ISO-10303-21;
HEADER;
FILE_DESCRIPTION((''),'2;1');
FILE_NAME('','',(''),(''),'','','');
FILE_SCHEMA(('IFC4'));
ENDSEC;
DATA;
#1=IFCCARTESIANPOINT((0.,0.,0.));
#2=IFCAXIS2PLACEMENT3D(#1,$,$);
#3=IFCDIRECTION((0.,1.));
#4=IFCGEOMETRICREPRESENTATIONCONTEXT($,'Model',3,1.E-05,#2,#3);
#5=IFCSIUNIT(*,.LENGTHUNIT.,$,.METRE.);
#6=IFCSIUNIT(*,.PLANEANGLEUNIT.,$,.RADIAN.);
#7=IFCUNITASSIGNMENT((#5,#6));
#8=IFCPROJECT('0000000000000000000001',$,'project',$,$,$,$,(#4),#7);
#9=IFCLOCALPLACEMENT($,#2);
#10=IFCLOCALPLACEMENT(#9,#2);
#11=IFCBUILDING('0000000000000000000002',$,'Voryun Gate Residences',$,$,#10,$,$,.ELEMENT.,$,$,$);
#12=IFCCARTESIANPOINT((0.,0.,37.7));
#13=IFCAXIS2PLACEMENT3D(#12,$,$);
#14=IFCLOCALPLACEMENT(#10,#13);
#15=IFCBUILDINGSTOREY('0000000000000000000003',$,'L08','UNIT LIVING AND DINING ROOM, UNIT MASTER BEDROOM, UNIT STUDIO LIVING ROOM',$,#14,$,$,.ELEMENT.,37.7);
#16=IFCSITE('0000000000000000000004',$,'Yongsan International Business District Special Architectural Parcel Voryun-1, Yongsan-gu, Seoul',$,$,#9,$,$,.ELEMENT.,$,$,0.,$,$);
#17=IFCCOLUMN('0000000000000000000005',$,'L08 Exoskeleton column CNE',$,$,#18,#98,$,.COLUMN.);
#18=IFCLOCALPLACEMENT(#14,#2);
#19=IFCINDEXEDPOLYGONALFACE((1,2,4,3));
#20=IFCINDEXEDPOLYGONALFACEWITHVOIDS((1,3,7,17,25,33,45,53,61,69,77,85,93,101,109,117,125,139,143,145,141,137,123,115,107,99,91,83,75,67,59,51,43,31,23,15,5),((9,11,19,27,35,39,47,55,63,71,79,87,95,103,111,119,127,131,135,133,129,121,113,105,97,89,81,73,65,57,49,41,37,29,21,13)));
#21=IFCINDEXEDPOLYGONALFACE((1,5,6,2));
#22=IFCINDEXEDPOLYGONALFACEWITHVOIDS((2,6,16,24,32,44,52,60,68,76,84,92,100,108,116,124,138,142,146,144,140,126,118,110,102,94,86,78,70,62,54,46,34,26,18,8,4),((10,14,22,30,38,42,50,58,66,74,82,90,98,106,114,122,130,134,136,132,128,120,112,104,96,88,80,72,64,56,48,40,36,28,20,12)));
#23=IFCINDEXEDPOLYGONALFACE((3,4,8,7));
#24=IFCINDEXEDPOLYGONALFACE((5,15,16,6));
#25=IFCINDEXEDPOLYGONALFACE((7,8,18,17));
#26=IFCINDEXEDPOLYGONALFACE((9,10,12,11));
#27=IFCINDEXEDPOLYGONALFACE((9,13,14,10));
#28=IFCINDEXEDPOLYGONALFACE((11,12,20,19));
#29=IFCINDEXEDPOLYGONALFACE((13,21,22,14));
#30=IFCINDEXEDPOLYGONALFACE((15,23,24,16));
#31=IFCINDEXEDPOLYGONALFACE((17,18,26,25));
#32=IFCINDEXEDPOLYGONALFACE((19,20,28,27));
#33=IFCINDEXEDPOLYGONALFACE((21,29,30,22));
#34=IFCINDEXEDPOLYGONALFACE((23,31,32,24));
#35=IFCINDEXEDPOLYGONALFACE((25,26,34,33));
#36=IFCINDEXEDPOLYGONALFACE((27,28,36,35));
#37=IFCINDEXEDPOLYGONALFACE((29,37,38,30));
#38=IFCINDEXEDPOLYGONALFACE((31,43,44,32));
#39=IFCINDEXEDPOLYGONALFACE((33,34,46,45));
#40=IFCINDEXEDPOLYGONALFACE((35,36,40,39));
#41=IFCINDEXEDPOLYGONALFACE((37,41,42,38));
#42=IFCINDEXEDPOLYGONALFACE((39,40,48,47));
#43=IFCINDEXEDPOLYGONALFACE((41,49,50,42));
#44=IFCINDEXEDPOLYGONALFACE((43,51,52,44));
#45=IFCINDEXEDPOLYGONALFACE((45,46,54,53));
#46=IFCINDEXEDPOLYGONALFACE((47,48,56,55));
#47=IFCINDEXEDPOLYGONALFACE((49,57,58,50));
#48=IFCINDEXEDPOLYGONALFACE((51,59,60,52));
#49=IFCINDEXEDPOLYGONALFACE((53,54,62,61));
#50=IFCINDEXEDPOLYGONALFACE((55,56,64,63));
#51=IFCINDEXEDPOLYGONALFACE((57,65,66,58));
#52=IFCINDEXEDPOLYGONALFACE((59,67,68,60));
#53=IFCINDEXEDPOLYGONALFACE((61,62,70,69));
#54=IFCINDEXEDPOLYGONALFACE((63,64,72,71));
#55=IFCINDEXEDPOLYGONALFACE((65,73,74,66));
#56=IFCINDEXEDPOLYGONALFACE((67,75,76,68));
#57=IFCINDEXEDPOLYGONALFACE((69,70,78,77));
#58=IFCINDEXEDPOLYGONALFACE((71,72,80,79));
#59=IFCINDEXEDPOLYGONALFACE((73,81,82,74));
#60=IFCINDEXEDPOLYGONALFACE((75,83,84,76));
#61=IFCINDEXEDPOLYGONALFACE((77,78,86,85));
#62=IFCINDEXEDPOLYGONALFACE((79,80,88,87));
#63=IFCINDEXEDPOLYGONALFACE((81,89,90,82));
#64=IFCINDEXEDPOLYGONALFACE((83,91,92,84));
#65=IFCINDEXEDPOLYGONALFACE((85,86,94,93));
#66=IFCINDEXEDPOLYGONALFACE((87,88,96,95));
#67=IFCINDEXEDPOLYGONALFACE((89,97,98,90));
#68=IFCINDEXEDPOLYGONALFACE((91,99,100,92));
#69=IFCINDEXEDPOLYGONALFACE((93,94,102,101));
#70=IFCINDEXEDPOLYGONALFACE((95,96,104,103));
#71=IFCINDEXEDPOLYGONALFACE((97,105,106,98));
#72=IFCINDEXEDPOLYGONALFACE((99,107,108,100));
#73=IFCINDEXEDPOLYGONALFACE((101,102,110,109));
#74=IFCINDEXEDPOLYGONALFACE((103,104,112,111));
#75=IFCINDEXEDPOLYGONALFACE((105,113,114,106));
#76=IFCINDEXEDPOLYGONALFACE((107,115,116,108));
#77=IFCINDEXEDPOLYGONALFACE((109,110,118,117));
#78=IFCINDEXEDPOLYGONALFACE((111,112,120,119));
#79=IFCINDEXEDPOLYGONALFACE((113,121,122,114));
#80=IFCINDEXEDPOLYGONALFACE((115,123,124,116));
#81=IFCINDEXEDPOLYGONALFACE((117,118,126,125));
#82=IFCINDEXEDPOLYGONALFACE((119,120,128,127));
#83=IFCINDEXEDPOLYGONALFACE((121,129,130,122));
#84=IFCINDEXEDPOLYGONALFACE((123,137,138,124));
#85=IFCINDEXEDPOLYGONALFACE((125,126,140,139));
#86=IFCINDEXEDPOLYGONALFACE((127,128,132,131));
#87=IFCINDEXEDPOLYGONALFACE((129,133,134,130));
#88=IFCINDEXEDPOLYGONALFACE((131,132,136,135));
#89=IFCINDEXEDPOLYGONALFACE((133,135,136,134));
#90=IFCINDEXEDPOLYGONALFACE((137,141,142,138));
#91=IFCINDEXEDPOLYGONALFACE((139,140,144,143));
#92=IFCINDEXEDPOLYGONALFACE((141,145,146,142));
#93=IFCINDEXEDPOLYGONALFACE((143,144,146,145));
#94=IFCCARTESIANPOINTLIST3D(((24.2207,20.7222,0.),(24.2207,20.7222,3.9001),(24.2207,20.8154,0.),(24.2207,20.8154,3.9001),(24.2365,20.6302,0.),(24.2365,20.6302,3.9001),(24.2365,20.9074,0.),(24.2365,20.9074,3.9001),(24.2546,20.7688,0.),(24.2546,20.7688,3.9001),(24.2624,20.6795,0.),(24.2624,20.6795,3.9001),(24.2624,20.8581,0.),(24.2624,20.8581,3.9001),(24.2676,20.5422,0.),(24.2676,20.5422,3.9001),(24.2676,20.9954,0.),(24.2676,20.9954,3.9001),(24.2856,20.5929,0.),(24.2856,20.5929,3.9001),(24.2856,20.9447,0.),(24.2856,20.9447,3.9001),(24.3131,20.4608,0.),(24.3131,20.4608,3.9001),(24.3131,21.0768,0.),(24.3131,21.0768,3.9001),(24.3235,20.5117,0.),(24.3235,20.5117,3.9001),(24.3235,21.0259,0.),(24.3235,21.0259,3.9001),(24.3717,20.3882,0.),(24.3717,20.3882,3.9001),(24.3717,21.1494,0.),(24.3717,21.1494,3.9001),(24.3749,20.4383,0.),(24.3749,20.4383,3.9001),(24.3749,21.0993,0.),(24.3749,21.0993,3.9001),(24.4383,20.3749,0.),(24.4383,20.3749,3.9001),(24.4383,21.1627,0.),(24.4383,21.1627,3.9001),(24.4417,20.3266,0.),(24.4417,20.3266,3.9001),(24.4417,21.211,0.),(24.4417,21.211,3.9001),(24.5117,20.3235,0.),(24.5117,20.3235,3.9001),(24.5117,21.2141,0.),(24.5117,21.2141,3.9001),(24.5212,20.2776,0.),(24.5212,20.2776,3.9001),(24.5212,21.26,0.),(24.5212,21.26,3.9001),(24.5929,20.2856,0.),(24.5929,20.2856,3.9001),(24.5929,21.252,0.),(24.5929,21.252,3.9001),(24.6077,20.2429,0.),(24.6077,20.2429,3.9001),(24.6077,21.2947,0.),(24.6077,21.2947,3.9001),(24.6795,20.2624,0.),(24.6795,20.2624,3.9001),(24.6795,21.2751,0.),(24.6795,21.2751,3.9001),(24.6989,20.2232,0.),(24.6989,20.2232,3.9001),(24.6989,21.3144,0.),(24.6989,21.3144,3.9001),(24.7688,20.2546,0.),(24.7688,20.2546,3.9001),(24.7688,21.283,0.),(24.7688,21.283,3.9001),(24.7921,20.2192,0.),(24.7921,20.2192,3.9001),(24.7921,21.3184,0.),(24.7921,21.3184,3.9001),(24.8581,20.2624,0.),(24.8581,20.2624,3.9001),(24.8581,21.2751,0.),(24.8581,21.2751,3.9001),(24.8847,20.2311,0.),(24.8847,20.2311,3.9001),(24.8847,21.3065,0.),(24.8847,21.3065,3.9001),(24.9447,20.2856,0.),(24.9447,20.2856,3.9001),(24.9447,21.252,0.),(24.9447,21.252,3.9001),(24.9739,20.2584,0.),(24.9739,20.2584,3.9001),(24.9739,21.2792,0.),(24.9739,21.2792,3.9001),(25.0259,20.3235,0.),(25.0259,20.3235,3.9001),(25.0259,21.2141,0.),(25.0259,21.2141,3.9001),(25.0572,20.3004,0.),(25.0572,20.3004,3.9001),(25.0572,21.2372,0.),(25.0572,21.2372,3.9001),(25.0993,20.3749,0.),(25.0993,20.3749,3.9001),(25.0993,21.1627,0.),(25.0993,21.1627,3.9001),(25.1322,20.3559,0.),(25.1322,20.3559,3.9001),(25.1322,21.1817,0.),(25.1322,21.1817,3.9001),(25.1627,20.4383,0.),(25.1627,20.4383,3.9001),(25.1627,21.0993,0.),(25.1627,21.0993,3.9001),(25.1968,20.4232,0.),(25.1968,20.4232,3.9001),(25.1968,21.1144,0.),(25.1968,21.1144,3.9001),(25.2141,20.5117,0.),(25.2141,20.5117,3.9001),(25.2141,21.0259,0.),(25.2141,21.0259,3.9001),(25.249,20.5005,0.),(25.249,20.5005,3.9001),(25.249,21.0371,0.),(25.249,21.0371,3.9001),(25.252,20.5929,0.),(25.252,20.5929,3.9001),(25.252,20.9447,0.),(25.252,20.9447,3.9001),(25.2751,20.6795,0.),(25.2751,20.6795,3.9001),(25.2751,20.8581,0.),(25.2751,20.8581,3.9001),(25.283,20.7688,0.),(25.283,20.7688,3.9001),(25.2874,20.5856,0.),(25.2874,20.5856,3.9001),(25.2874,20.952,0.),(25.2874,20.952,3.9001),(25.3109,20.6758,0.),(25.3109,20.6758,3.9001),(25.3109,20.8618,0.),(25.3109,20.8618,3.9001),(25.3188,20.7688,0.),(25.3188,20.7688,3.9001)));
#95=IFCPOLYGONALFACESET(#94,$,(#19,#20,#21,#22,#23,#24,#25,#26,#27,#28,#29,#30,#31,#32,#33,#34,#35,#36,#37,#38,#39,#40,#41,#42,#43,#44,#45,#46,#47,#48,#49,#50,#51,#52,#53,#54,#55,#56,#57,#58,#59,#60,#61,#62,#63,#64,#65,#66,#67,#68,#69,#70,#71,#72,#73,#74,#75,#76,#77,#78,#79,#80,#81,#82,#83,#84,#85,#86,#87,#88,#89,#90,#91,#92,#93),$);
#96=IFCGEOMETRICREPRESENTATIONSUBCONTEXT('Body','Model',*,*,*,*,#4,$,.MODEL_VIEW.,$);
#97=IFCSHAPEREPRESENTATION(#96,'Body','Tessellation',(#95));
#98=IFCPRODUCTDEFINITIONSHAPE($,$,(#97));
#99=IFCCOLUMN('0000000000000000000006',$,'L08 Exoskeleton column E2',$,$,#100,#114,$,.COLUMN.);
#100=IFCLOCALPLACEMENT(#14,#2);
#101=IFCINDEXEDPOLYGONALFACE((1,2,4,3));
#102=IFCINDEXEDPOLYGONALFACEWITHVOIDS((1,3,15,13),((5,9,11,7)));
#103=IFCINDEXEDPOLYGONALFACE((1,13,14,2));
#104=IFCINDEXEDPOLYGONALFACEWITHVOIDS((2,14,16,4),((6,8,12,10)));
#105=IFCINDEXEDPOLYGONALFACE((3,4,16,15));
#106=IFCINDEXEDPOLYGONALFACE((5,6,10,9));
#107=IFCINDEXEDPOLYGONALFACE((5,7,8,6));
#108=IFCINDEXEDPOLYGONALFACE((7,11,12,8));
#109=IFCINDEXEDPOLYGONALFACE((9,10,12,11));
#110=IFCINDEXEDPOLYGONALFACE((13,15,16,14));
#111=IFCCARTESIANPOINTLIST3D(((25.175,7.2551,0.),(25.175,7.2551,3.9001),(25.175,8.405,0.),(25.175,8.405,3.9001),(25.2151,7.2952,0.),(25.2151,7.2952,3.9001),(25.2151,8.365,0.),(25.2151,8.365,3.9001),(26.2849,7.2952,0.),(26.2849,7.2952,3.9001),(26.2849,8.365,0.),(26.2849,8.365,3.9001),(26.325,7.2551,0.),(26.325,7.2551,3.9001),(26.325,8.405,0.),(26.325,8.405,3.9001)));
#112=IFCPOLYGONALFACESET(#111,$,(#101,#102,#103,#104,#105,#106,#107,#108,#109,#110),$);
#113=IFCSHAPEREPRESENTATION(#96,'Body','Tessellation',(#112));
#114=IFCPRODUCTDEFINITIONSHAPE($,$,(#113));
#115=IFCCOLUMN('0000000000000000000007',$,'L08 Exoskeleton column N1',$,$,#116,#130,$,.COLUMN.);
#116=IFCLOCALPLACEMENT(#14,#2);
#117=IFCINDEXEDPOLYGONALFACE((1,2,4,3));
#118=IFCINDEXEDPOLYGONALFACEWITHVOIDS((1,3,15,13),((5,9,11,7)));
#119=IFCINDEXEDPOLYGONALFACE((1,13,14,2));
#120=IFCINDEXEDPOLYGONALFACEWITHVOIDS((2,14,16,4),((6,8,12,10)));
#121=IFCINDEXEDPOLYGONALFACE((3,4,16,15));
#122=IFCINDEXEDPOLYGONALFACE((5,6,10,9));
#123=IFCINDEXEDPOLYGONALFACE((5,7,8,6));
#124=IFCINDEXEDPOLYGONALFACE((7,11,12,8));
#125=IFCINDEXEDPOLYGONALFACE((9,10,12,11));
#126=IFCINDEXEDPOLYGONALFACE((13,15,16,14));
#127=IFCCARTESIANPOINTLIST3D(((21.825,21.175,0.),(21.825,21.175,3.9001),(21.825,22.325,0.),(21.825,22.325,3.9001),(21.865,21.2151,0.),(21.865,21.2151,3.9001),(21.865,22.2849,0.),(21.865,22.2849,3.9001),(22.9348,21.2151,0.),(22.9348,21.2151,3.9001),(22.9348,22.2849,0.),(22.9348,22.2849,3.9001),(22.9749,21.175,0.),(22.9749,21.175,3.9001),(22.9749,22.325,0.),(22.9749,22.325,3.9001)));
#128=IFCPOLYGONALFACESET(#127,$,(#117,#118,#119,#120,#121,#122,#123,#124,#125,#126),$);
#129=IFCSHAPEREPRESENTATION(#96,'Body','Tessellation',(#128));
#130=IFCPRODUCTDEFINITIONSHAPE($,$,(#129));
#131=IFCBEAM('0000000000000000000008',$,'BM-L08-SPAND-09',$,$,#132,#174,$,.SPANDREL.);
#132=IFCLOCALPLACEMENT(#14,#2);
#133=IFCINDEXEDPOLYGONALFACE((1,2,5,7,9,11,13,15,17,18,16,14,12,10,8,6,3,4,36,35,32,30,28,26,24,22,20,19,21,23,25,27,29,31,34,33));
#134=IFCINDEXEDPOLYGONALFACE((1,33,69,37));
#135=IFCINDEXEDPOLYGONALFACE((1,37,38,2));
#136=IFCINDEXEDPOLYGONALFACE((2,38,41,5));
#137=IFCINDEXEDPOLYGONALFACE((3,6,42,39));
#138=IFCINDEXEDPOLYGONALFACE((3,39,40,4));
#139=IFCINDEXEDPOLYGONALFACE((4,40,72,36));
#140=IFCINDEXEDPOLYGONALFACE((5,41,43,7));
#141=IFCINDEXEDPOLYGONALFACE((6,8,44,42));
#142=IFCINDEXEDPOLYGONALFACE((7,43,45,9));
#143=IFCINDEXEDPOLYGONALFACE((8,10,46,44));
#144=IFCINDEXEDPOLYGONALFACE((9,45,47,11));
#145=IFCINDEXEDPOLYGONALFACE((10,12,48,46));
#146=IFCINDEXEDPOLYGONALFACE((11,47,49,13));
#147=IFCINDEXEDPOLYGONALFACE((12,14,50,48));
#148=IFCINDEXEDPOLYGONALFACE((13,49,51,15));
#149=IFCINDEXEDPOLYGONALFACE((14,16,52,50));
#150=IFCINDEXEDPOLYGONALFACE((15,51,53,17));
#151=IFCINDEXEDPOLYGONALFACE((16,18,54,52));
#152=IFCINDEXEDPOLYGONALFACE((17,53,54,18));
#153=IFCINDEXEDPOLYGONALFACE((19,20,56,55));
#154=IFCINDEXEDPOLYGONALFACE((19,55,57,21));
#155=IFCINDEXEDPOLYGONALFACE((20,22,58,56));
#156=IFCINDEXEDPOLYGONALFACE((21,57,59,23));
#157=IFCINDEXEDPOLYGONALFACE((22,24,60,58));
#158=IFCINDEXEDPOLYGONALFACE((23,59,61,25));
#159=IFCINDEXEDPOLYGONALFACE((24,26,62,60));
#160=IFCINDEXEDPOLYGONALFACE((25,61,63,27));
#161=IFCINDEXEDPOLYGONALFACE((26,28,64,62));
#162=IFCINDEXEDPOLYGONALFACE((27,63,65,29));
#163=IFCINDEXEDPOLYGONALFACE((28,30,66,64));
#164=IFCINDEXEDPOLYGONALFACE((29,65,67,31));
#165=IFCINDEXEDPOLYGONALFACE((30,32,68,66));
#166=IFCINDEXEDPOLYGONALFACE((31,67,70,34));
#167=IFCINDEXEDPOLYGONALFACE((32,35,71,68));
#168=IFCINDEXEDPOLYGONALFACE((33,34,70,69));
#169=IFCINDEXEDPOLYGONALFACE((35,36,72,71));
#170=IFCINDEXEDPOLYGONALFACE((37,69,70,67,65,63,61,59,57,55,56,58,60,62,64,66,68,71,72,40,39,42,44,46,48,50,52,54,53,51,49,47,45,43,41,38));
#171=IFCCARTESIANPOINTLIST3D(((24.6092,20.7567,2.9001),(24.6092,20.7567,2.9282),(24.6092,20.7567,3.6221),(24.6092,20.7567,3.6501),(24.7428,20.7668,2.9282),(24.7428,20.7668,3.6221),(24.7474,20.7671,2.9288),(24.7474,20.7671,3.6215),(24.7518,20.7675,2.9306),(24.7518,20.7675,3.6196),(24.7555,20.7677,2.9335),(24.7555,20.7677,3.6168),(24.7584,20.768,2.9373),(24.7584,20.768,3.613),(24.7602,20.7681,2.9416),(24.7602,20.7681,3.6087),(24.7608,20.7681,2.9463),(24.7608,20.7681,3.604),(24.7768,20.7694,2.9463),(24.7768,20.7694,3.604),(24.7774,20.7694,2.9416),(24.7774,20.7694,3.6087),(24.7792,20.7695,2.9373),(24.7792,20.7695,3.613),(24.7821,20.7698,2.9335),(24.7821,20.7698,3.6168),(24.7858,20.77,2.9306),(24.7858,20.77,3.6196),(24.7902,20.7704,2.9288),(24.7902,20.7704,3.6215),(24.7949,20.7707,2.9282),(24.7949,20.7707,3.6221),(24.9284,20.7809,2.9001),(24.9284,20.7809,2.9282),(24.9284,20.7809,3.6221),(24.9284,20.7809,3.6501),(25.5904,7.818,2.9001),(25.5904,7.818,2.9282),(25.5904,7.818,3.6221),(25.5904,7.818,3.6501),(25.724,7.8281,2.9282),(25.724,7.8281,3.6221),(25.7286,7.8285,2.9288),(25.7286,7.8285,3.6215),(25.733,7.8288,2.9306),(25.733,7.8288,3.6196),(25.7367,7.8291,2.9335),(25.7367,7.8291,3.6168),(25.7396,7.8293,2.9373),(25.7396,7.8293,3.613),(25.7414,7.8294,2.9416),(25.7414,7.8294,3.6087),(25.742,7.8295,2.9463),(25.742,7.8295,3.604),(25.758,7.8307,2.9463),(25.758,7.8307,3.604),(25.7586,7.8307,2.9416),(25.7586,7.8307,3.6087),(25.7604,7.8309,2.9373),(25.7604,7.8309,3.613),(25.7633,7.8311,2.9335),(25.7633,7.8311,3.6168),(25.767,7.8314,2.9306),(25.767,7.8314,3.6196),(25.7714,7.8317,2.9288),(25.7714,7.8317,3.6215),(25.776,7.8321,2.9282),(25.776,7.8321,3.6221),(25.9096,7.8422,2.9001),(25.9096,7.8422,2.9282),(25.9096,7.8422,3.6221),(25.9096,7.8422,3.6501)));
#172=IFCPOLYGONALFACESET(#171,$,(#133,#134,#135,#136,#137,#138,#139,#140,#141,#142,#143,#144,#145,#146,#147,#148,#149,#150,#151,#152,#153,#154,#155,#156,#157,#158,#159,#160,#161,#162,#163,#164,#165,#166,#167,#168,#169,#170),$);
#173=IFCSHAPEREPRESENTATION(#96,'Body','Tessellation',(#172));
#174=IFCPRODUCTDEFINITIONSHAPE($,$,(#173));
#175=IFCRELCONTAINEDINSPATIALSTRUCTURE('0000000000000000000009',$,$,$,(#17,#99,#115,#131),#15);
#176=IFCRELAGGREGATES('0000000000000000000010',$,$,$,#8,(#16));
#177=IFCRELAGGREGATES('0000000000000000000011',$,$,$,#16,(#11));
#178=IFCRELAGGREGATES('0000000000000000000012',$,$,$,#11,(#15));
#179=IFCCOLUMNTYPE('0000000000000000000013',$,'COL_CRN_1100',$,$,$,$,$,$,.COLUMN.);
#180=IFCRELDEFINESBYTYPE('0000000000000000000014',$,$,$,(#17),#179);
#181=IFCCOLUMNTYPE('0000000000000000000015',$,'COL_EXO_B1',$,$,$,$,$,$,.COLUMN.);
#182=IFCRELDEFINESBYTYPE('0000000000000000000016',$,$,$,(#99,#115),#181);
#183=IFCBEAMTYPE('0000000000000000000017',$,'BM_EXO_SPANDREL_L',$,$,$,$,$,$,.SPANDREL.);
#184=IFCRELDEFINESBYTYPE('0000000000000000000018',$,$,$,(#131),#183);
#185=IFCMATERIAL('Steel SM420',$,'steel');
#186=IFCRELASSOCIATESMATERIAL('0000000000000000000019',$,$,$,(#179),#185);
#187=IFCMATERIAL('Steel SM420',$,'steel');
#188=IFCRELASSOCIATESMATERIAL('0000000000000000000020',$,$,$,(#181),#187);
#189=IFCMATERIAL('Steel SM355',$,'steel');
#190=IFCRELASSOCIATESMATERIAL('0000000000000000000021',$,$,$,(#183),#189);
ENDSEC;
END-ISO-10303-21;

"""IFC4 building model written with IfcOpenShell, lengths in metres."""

from ifc_helpers import new_model, si_unit, direction, frame, origin, origin_2d, place, context, subcontext, project, spatial, hollow_rectangle, hollow_circle, i_section, extrude, material, material_profile, profile_set, type_object, element, save


model = new_model("IFC4")

# Units and contexts
model_context = context("Model", 3, precision=1e-05, world=origin(), true_north=direction((0.0, 1.0)))
body_context = subcontext(model_context, "Body", "Model", "MODEL_VIEW")
ifc_project = project(units=[si_unit("LENGTHUNIT", "METRE"), si_unit("PLANEANGLEUNIT", "RADIAN")], contexts=[model_context])

# Site, building, storey
site_placement = place(None, origin())
site = spatial("IfcSite", under=ifc_project, at=site_placement, Name="Yongsan International Business District Special Architectural Parcel Voryun-1, Yongsan-gu, Seoul", CompositionType="ELEMENT", RefElevation=0.0)
building_placement = place(site_placement, origin())
building = spatial("IfcBuilding", under=site, at=building_placement, Name="Voryun Gate Residences", CompositionType="ELEMENT")
storey_placement = place(building_placement, frame((0.0, 0.0, 37.7)))
storey = spatial("IfcBuildingStorey", under=building, at=storey_placement, Name="L08", Description="UNIT LIVING AND DINING ROOM, UNIT MASTER BEDROOM, UNIT STUDIO LIVING ROOM", CompositionType="ELEMENT", Elevation=37.7)

# Columns
ifc_material_1 = material(Name="Steel SM420", Category="steel")
ifc_material_profile_1 = material_profile(ifc_material_1, hollow_circle(Radius=0.55, WallThickness=0.0359, at=origin_2d()), Name="CHS-1100x36")
ifc_profile_set_1 = profile_set([ifc_material_profile_1], Name="Steel SM420")
column_type_1 = type_object("IfcColumnType", Name="COL_CRN_1100", PredefinedType="COLUMN", material=ifc_profile_set_1)
column_placement = place(storey_placement, frame((24.7688, 20.7688, 0.0), z_axis=(0.0, 0.0, 1.0), x_axis=(1.0, 0.0, 0.0)))
element("IfcColumn", 1, at=column_placement, inside=storey, type_object=column_type_1, Name="L08 Exoskeleton column CNE", PredefinedType="COLUMN", context=body_context, shape_type="SweptSolid", body=[
    extrude(hollow_circle(Radius=0.55, WallThickness=0.0359, at=origin_2d()), origin(), (0.0, 0.0, 1.0), 3.9001),
])
ifc_material_2 = material(Name="Steel SM420", Category="steel")
ifc_material_profile_2 = material_profile(ifc_material_2, hollow_rectangle(XDim=1.1499, YDim=1.1499, WallThickness=0.04, at=origin_2d()), Name="BOX-1150x1150x40")
ifc_profile_set_2 = profile_set([ifc_material_profile_2], Name="Steel SM420")
column_type_2 = type_object("IfcColumnType", Name="COL_EXO_B1", PredefinedType="COLUMN", material=ifc_profile_set_2)
for number, where, z_axis, x_axis, name in (
    (2, (25.75, 7.8301, 0.0), (0.0, 0.0, 1.0), (1.0, 0.0, 0.0), "L08 Exoskeleton column E2"),
    (3, (22.3999, 21.75, 0.0), (0.0, 0.0, 1.0), (1.0, 0.0, 0.0), "L08 Exoskeleton column N1"),
):
    element("IfcColumn", number, at=place(storey_placement, frame(where, z_axis=z_axis, x_axis=x_axis)), inside=storey, type_object=column_type_2, Name=name, PredefinedType="COLUMN", context=body_context, shape_type="SweptSolid", body=[
        extrude(hollow_rectangle(XDim=1.1499, YDim=1.1499, WallThickness=0.04, at=origin_2d()), origin(), (0.0, 0.0, 1.0), 3.9001),
    ])

# Beam
ifc_material_3 = material(Name="Steel SM355", Category="steel")
ifc_material_profile_3 = material_profile(ifc_material_3, i_section(OverallWidth=0.3201, OverallDepth=0.75, WebThickness=0.0161, FlangeThickness=0.0281, FilletRadius=0.0181, at=origin_2d()), Name="H-750x320x16x28")
ifc_profile_set_3 = profile_set([ifc_material_profile_3], Name="Steel SM355")
beam_type = type_object("IfcBeamType", Name="BM_EXO_SPANDREL_L", PredefinedType="SPANDREL", material=ifc_profile_set_3)
beam_1_placement = place(storey_placement, frame((25.75, 7.8301, 3.2751), z_axis=(-0.075617, 0.997137, 0.0), x_axis=(-0.997137, -0.075617, 0.0)))
element("IfcBeam", 4, at=beam_1_placement, inside=storey, type_object=beam_type, Name="BM-L08-SPAND-09", PredefinedType="SPANDREL", context=body_context, shape_type="SweptSolid", body=[
    extrude(i_section(OverallWidth=0.3201, OverallDepth=0.75, WebThickness=0.0161, FlangeThickness=0.0281, FilletRadius=0.0181, at=origin_2d()), origin(), (0.0, 0.0, 1.0), 12.9758),
])

save(model, "model.ifc")
